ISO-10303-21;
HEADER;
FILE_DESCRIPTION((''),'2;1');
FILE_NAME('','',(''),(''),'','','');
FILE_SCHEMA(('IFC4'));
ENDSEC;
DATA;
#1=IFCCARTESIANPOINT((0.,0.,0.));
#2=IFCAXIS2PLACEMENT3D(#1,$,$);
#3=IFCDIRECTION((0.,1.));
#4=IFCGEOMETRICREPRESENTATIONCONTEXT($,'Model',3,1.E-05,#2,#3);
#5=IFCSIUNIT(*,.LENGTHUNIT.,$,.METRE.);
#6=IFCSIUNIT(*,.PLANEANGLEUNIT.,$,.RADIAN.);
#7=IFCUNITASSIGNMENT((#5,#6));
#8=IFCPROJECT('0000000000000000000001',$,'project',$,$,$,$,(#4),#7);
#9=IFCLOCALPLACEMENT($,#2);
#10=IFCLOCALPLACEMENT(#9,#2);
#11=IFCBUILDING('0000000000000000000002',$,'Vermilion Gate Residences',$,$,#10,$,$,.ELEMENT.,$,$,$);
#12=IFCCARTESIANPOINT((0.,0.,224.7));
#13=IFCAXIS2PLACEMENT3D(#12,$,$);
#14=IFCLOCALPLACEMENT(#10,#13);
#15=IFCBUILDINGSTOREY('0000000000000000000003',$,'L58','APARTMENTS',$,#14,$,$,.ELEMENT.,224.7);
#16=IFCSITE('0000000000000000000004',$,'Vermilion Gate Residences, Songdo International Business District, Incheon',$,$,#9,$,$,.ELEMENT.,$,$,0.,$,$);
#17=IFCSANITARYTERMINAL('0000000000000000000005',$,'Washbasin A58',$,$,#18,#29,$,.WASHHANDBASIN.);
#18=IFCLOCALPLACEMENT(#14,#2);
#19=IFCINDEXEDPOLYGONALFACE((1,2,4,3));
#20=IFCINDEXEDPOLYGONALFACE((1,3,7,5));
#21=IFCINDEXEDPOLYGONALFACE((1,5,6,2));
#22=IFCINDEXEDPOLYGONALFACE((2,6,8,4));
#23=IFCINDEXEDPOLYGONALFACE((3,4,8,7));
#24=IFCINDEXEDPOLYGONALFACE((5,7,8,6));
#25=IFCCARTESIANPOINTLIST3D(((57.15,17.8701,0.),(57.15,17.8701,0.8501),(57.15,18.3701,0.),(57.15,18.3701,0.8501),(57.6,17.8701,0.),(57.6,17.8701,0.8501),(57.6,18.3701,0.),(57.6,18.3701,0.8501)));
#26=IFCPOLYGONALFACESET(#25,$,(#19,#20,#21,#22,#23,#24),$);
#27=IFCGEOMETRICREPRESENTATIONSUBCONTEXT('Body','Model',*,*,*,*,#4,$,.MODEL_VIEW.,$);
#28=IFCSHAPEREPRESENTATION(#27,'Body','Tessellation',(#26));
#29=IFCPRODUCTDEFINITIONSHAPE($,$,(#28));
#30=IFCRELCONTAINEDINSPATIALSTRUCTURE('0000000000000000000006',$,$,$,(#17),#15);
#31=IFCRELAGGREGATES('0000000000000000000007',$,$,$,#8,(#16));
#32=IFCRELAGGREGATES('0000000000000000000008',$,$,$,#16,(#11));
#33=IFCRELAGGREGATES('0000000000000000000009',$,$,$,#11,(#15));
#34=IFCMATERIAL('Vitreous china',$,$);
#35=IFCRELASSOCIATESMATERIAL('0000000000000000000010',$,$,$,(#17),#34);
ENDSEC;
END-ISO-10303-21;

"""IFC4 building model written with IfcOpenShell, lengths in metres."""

from ifc_helpers import new_model, si_unit, direction, frame, origin, origin_2d, place, context, subcontext, project, spatial, rectangle, extrude, material, element, save


model = new_model("IFC4")

# Units and contexts
model_context = context("Model", 3, precision=1e-05, world=origin(), true_north=direction((0.0, 1.0)))
body_context = subcontext(model_context, "Body", "Model", "MODEL_VIEW")
ifc_project = project(units=[si_unit("LENGTHUNIT", "METRE"), si_unit("PLANEANGLEUNIT", "RADIAN")], contexts=[model_context])

# Site, building, storey
site_placement = place(None, origin())
site = spatial("IfcSite", under=ifc_project, at=site_placement, Name="Vermilion Gate Residences, Songdo International Business District, Incheon", CompositionType="ELEMENT", RefElevation=0.0)
building_placement = place(site_placement, origin())
building = spatial("IfcBuilding", under=site, at=building_placement, Name="Vermilion Gate Residences", CompositionType="ELEMENT")
storey_placement = place(building_placement, frame((0.0, 0.0, 224.7)))
storey = spatial("IfcBuildingStorey", under=building, at=storey_placement, Name="L58", Description="APARTMENTS", CompositionType="ELEMENT", Elevation=224.7)

# Sanitary terminal
ifc_material_1 = material(Name="Vitreous china")
sanitary_terminal_1_placement = place(storey_placement, frame((57.375, 18.1201, 0.0), z_axis=(0.0, 0.0, 1.0), x_axis=(1.0, 0.0, 0.0)))
element("IfcSanitaryTerminal", 1, at=sanitary_terminal_1_placement, inside=storey, material=ifc_material_1, Name="Washbasin A58", PredefinedType="WASHHANDBASIN", context=body_context, shape_type="SweptSolid", body=[
    extrude(rectangle(XDim=0.45, YDim=0.5, at=origin_2d()), origin(), (0.0, 0.0, 1.0), 0.8501),
])

save(model, "model.ifc")
